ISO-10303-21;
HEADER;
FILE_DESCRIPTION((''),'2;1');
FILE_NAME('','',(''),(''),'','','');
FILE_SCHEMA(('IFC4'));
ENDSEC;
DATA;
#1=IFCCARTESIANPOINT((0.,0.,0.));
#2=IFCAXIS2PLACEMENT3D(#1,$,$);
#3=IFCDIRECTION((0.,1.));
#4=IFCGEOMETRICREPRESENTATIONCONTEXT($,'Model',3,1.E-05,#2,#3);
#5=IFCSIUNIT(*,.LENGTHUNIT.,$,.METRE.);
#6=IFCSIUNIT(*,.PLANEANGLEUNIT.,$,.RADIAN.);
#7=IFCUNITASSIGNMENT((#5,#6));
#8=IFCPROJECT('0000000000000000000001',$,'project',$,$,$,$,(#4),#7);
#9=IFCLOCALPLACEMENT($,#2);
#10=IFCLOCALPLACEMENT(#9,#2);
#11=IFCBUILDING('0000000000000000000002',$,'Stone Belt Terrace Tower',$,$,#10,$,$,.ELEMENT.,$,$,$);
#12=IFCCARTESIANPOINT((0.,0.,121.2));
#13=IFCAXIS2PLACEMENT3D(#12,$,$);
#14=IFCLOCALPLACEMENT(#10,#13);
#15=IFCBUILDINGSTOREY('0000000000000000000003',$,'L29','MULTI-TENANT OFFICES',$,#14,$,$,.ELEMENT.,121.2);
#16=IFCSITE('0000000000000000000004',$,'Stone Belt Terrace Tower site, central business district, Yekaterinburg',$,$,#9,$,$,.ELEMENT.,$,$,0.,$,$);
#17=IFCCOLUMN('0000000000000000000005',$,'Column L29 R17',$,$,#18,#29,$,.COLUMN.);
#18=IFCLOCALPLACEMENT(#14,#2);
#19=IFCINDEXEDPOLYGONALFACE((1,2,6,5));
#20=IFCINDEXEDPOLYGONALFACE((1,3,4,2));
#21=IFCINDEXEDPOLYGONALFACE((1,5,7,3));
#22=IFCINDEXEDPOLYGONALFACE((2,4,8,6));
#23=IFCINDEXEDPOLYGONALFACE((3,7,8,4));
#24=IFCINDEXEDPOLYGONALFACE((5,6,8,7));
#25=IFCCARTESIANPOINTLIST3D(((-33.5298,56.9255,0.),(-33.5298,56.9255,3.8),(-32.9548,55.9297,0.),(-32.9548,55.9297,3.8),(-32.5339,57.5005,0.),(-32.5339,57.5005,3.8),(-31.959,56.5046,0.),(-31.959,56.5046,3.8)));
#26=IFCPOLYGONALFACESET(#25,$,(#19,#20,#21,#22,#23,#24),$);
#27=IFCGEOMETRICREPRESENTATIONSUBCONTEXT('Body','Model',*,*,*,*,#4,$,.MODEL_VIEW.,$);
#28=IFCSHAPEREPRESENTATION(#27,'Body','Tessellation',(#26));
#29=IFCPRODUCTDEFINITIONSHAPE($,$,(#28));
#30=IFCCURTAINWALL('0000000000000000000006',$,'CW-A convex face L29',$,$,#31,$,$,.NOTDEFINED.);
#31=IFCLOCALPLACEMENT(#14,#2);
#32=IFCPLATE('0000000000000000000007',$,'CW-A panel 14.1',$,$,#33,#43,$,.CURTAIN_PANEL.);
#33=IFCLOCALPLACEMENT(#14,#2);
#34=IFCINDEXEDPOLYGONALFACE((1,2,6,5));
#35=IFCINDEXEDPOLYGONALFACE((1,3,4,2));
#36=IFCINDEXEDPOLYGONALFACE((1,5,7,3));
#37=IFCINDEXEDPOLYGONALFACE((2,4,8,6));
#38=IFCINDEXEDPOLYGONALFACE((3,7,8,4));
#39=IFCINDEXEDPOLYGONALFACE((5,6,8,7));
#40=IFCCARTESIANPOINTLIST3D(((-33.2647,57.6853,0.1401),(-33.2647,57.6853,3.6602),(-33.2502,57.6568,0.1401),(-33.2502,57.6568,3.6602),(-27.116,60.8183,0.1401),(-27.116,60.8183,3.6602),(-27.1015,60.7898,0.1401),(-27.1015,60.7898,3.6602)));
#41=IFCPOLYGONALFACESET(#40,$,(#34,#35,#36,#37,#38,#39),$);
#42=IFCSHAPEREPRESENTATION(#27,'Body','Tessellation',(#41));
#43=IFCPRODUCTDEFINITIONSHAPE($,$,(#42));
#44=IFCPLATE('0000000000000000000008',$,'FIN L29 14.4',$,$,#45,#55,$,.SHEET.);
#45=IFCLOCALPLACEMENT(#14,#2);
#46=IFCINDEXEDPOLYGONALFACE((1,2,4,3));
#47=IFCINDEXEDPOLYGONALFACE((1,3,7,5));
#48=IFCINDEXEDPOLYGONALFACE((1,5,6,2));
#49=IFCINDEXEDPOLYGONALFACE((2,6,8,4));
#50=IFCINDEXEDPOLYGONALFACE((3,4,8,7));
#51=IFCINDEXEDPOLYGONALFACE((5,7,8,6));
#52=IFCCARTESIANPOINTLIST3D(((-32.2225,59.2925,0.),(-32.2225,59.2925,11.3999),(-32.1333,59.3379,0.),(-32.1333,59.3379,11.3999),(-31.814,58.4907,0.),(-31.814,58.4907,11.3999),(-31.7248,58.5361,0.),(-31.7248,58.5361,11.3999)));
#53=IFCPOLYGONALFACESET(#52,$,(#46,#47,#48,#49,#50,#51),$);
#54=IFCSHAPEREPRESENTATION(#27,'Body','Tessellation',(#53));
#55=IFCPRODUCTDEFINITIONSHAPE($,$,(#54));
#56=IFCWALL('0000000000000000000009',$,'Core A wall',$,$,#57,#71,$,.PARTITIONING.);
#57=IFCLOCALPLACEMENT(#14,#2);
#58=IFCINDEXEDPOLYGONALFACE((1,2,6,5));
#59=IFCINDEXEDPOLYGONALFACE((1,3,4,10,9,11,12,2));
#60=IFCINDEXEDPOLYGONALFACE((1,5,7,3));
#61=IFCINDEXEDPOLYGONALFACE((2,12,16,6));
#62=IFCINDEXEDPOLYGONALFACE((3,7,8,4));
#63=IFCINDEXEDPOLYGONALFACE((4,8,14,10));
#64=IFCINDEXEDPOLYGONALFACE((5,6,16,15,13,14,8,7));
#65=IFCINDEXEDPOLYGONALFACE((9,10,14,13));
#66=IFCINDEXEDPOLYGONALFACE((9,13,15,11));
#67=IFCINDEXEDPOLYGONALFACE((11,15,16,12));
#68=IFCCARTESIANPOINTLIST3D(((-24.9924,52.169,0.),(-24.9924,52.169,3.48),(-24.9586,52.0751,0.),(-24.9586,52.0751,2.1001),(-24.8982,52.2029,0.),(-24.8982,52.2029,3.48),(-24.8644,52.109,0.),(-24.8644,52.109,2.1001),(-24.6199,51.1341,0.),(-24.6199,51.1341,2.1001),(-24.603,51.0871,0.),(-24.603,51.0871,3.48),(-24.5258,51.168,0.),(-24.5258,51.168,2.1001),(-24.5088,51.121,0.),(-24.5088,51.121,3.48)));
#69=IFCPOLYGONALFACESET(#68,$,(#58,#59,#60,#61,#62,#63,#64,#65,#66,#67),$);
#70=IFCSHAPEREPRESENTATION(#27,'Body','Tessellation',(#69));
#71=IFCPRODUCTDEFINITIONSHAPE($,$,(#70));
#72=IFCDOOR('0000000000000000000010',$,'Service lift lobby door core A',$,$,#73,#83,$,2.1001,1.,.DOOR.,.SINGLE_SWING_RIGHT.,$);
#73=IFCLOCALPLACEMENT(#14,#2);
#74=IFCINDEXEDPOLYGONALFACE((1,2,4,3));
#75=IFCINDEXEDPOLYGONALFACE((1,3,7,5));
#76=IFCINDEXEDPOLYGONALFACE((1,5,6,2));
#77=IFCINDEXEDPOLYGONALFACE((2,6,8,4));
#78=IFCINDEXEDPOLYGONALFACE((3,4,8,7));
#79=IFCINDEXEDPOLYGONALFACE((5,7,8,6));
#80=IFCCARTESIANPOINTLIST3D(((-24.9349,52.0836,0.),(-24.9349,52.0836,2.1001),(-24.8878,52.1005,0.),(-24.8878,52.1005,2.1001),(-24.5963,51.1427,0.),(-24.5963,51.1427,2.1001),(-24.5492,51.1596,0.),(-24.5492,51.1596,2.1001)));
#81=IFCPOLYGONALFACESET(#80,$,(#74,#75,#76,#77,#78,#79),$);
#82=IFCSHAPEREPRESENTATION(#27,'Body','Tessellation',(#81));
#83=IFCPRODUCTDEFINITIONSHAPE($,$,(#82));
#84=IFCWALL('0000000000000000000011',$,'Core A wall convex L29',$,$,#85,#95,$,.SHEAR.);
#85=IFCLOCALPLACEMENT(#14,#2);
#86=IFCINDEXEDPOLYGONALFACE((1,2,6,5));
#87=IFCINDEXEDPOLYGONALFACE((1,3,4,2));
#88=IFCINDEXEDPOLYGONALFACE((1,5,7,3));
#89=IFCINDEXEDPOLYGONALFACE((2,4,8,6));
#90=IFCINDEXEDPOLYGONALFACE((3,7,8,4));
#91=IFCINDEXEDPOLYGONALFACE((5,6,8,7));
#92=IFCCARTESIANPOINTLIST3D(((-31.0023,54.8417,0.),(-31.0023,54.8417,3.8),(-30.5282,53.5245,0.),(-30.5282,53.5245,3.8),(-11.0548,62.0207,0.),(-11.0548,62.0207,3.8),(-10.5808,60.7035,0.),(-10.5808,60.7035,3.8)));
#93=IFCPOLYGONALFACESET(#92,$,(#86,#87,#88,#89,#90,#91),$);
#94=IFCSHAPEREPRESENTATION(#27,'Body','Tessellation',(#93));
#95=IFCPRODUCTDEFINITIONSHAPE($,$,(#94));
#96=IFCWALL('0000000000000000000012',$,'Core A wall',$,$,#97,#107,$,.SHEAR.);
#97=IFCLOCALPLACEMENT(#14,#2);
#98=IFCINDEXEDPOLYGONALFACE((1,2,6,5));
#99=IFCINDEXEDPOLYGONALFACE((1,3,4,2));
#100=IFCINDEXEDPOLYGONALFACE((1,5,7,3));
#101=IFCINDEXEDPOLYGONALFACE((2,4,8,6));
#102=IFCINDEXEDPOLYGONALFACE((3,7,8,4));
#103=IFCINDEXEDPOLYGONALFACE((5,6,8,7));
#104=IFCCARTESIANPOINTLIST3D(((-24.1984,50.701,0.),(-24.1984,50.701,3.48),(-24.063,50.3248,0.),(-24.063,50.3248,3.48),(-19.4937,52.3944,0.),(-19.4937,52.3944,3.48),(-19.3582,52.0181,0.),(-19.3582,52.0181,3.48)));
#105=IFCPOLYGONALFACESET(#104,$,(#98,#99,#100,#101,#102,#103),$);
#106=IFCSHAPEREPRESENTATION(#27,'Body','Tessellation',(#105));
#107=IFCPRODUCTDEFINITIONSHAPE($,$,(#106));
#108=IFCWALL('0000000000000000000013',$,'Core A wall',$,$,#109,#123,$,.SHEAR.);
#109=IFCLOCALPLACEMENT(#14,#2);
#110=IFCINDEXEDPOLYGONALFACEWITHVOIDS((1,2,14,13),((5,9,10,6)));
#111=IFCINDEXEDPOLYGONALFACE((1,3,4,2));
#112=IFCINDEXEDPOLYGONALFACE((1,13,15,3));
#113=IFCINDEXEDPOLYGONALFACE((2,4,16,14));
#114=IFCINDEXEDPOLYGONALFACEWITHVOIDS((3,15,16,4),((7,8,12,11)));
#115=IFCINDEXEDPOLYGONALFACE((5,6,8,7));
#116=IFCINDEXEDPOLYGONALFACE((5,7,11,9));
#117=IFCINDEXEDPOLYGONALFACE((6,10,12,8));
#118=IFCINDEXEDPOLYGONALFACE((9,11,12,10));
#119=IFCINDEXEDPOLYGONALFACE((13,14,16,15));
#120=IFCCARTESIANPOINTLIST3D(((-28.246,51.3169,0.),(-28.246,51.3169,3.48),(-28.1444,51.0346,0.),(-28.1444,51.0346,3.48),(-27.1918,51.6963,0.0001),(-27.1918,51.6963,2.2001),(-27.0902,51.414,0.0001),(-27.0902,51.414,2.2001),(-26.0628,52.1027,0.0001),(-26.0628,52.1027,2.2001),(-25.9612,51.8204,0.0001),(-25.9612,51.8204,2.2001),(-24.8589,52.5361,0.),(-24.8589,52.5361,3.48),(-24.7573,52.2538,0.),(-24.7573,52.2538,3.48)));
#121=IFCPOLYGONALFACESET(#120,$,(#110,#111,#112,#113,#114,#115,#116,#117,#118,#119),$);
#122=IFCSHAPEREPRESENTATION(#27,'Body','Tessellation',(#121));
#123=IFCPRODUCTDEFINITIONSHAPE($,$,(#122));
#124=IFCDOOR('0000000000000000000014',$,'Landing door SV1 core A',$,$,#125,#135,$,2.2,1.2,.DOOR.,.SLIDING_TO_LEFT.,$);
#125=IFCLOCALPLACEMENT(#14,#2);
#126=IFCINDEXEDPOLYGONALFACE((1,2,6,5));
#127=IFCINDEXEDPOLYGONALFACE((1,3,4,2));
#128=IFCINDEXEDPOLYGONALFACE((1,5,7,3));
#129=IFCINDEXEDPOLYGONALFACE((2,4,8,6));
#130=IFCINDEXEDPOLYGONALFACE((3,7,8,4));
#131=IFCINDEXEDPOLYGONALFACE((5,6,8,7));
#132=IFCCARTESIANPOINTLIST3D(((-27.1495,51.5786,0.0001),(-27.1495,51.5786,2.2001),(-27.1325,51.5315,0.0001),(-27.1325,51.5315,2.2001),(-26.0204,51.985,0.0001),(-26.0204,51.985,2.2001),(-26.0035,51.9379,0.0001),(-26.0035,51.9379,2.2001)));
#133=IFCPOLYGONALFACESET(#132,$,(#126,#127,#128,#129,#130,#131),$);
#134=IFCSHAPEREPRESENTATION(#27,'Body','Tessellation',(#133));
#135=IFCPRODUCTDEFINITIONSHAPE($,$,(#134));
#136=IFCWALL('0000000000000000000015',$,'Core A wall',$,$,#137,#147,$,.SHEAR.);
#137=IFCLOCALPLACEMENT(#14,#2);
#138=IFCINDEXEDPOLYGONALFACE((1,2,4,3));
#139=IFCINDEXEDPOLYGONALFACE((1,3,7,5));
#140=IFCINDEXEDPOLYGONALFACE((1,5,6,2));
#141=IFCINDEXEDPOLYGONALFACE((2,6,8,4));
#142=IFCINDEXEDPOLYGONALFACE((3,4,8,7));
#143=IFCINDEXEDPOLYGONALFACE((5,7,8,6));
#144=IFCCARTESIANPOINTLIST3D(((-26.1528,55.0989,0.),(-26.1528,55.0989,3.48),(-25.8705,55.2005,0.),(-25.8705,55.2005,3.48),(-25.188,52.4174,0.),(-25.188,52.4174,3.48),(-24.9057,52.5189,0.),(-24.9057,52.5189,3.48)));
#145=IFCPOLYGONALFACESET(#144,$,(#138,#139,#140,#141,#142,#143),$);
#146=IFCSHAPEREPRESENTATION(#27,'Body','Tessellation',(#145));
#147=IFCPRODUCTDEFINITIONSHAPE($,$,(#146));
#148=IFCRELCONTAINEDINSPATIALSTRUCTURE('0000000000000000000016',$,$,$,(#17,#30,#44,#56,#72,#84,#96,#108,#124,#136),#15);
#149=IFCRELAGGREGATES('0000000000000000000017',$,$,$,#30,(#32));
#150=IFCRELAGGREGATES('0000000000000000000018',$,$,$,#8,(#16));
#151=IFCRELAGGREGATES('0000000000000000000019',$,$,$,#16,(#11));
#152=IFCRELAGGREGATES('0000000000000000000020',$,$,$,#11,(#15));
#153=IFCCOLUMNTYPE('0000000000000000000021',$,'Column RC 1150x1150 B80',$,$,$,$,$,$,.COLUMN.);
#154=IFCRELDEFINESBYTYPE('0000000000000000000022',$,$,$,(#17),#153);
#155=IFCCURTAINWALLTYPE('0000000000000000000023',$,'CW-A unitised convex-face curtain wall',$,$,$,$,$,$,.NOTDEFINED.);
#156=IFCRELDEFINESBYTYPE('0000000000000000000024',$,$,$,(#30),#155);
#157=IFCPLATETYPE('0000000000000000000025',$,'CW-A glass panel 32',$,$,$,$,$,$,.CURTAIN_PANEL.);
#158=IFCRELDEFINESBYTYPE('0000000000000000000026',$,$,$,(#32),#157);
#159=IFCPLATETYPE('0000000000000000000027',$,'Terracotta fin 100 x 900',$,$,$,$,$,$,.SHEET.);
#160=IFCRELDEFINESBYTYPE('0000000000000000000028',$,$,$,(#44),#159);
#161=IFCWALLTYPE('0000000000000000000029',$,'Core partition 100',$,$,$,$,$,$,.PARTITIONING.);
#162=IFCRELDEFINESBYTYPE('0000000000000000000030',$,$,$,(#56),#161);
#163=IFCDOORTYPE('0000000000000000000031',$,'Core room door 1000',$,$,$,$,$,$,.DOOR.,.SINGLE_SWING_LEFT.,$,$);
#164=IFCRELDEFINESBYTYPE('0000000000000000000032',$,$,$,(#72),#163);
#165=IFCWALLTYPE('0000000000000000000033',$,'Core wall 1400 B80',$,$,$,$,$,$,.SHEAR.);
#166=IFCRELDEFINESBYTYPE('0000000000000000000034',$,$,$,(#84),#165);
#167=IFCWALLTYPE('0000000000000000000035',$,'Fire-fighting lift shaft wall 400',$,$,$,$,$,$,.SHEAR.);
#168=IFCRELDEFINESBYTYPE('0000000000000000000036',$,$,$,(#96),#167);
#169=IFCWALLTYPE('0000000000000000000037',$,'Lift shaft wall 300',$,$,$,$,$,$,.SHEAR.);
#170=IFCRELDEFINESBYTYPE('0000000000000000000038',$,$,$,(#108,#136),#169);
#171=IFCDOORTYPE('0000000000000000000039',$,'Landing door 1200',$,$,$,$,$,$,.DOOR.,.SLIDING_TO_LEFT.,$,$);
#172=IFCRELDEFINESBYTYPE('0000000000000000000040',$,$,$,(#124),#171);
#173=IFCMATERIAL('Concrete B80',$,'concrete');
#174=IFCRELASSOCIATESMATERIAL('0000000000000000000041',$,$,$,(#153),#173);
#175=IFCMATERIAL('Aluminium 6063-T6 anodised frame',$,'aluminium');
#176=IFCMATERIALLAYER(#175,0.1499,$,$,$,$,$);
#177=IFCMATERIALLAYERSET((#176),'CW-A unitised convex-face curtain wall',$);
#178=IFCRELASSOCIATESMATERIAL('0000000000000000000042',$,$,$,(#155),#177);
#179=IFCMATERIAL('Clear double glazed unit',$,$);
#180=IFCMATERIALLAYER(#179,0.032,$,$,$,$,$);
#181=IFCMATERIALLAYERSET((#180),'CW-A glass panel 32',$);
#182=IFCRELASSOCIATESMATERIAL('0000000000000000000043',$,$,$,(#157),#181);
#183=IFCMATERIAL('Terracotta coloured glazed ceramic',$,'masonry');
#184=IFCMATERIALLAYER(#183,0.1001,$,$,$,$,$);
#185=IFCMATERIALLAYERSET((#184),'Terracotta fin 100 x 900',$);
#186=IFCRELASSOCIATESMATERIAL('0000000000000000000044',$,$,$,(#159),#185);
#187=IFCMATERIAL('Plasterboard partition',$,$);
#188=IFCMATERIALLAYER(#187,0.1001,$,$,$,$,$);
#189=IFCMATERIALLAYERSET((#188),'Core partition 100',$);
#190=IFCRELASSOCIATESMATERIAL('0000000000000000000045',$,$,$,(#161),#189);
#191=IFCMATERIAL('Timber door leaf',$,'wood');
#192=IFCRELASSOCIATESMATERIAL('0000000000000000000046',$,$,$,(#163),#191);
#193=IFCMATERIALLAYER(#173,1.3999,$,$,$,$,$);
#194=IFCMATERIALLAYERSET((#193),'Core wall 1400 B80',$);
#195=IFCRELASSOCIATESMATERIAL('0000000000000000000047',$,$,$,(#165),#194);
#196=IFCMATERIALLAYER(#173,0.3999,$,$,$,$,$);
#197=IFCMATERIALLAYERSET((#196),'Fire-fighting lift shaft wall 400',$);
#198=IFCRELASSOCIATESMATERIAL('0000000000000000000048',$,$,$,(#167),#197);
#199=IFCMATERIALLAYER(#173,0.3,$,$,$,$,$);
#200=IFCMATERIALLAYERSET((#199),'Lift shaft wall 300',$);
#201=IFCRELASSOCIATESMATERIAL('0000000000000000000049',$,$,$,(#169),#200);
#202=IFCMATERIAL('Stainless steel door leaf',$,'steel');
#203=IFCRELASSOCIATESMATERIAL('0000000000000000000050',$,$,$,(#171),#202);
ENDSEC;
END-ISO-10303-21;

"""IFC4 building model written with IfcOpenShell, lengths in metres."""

from ifc_helpers import new_model, si_unit, direction, frame, frame_2d, origin, origin_2d, place, context, subcontext, project, spatial, rectangle, extrude, material, layer, layer_set, material_profile, profile_set, type_object, element, fill, aggregate, save


model = new_model("IFC4")

# Units and contexts
model_context = context("Model", 3, precision=1e-05, world=origin(), true_north=direction((0.0, 1.0)))
body_context = subcontext(model_context, "Body", "Model", "MODEL_VIEW")
ifc_project = project(units=[si_unit("LENGTHUNIT", "METRE"), si_unit("PLANEANGLEUNIT", "RADIAN")], contexts=[model_context])

# Site, building, storey
site_placement = place(None, origin())
site = spatial("IfcSite", under=ifc_project, at=site_placement, Name="Stone Belt Terrace Tower site, central business district, Yekaterinburg", CompositionType="ELEMENT", RefElevation=0.0)
building_placement = place(site_placement, origin())
building = spatial("IfcBuilding", under=site, at=building_placement, Name="Stone Belt Terrace Tower", CompositionType="ELEMENT")
storey_placement = place(building_placement, frame((0.0, 0.0, 121.2)))
storey = spatial("IfcBuildingStorey", under=building, at=storey_placement, Name="L29", Description="MULTI-TENANT OFFICES", CompositionType="ELEMENT", Elevation=121.2)

# Column
ifc_material_1 = material(Name="Concrete B80", Category="concrete")
ifc_material_profile = material_profile(ifc_material_1, rectangle(XDim=1.1499, YDim=1.1499, at=origin_2d()), Name="RC 1150x1150")
ifc_profile_set = profile_set([ifc_material_profile], Name="Concrete B80")
column_type = type_object("IfcColumnType", Name="Column RC 1150x1150 B80", PredefinedType="COLUMN", material=ifc_profile_set)
column_placement = place(storey_placement, frame((-32.7444, 56.7151, 0.0), z_axis=(0.0, 0.0, 1.0), x_axis=(0.866025, 0.5, 0.0)))
element("IfcColumn", 1, at=column_placement, inside=storey, type_object=column_type, Name="Column L29 R17", PredefinedType="COLUMN", context=body_context, shape_type="SweptSolid", body=[
    extrude(rectangle(XDim=1.1499, YDim=1.1499, at=origin_2d()), origin(), (0.0, 0.0, 1.0), 3.8),
])

# Curtain wall, plate
ifc_material_2 = material(Name="Aluminium 6063-T6 anodised frame", Category="aluminium")
ifc_layer_1 = layer(ifc_material_2, 0.1499)
ifc_layer_set_1 = layer_set([ifc_layer_1], Name="CW-A unitised convex-face curtain wall")
curtain_wall_type = type_object("IfcCurtainWallType", Name="CW-A unitised convex-face curtain wall", PredefinedType="NOTDEFINED", material=ifc_layer_set_1)
curtain_wall_placement = place(storey_placement, origin())
curtain_wall = element("IfcCurtainWall", 2, at=curtain_wall_placement, inside=storey, type_object=curtain_wall_type, Name="CW-A convex face L29", PredefinedType="NOTDEFINED")
ifc_material_3 = material(Name="Clear double glazed unit")
ifc_layer_2 = layer(ifc_material_3, 0.032)
ifc_layer_set_2 = layer_set([ifc_layer_2], Name="CW-A glass panel 32")
plate_type_1 = type_object("IfcPlateType", Name="CW-A glass panel 32", PredefinedType="CURTAIN_PANEL", material=ifc_layer_set_2)
plate_1_placement = place(storey_placement, frame((-30.1831, 59.2375, 0.1401), z_axis=(0.0, 0.0, 1.0), x_axis=(-0.891007, -0.45399, 0.0)))
plate_1 = element("IfcPlate", 3, at=plate_1_placement, type_object=plate_type_1, Name="CW-A panel 14.1", PredefinedType="CURTAIN_PANEL", context=body_context, shape_type="SweptSolid", body=[
    extrude(rectangle(XDim=6.9009, YDim=0.032, at=origin_2d()), origin(), (0.0, 0.0, 1.0), 3.52),
])
aggregate(curtain_wall, [plate_1])

# Plate
ifc_material_4 = material(Name="Terracotta coloured glazed ceramic", Category="masonry")
ifc_layer_3 = layer(ifc_material_4, 0.1001)
ifc_layer_set_3 = layer_set([ifc_layer_3], Name="Terracotta fin 100 x 900")
plate_type_2 = type_object("IfcPlateType", Name="Terracotta fin 100 x 900", PredefinedType="SHEET", material=ifc_layer_set_3)
plate_2_placement = place(storey_placement, frame((-31.9736, 58.9143, 0.0), z_axis=(0.0, 0.0, 1.0), x_axis=(-0.45399, 0.891007, 0.0)))
element("IfcPlate", 4, at=plate_2_placement, inside=storey, type_object=plate_type_2, Name="FIN L29 14.4", PredefinedType="SHEET", context=body_context, shape_type="SweptSolid", body=[
    extrude(rectangle(XDim=0.8999, YDim=0.1001, at=origin_2d()), origin(), (0.0, 0.0, 1.0), 11.3999),
])

# Wall, opening, door
ifc_material_5 = material(Name="Plasterboard partition")
ifc_layer_4 = layer(ifc_material_5, 0.1001)
ifc_layer_set_4 = layer_set([ifc_layer_4], Name="Core partition 100")
wall_type_1 = type_object("IfcWallType", Name="Core partition 100", PredefinedType="PARTITIONING", material=ifc_layer_set_4)
wall_1_placement = place(storey_placement, frame((-24.5559, 51.104, 0.0), z_axis=(0.0, 0.0, 1.0), x_axis=(-0.338622, 0.940923, 0.0)))
wall_1 = element("IfcWall", 5, at=wall_1_placement, inside=storey, type_object=wall_type_1, Name="Core A wall", PredefinedType="PARTITIONING", context=body_context, shape_type="SweptSolid", body=[
    extrude(rectangle(XDim=1.1499, YDim=0.1001, at=frame_2d((0.575, 0.0))), origin(), (0.0, 0.0, 1.0), 3.48),
])
opening_1_placement = place(wall_1_placement, frame((0.05, 0.0, 0.0)))
opening_1 = element("IfcOpeningElement", 6, at=opening_1_placement, cuts=wall_1, PredefinedType="OPENING", context=body_context, shape_type="SweptSolid", body=[
    extrude(rectangle(XDim=1.0, YDim=2.1001, at=frame_2d((0.5, 1.05))), frame((0.0, 0.0601, 0.0), z_axis=(0.0, -1.0, 0.0), x_axis=(1.0, 0.0, 0.0)), (0.0, 0.0, 1.0), 0.1201),
])
ifc_material_6 = material(Name="Timber door leaf", Category="wood")
door_type_1 = type_object("IfcDoorType", Name="Core room door 1000", OperationType="SINGLE_SWING_LEFT", PredefinedType="DOOR", material=ifc_material_6)
door_1_placement = place(opening_1_placement, origin())
door_1 = element("IfcDoor", 7, at=door_1_placement, inside=storey, type_object=door_type_1, Name="Service lift lobby door core A", OperationType="SINGLE_SWING_RIGHT", OverallHeight=2.1001, OverallWidth=1.0, PredefinedType="DOOR", context=body_context, shape_type="SweptSolid", body=[
    extrude(rectangle(XDim=1.0, YDim=2.1001, at=frame_2d((0.5, 1.05))), frame((0.0, 0.0249, 0.0), z_axis=(0.0, -1.0, 0.0), x_axis=(1.0, 0.0, 0.0)), (0.0, 0.0, 1.0), 0.05),
])
fill(opening_1, door_1)

# Walls
ifc_layer_5 = layer(ifc_material_1, 1.3999)
ifc_layer_set_5 = layer_set([ifc_layer_5], Name="Core wall 1400 B80")
wall_type_2 = type_object("IfcWallType", Name="Core wall 1400 B80", PredefinedType="SHEAR", material=ifc_layer_set_5)
wall_2_placement = place(storey_placement, frame((-30.7654, 54.1831, 0.0), z_axis=(0.0, 0.0, 1.0), x_axis=(0.94092, 0.33863, 0.0)))
element("IfcWall", 8, at=wall_2_placement, inside=storey, type_object=wall_type_2, Name="Core A wall convex L29", PredefinedType="SHEAR", context=body_context, shape_type="SweptSolid", body=[
    extrude(rectangle(XDim=21.2, YDim=1.3999, at=frame_2d((10.6001, 0.0))), origin(), (0.0, 0.0, 1.0), 3.8),
])
ifc_layer_6 = layer(ifc_material_1, 0.3999)
ifc_layer_set_6 = layer_set([ifc_layer_6], Name="Fire-fighting lift shaft wall 400")
wall_type_3 = type_object("IfcWallType", Name="Fire-fighting lift shaft wall 400", PredefinedType="SHEAR", material=ifc_layer_set_6)
wall_3_placement = place(storey_placement, frame((-24.1306, 50.5129, 0.0), z_axis=(0.0, 0.0, 1.0), x_axis=(0.940912, 0.338652, 0.0)))
element("IfcWall", 9, at=wall_3_placement, inside=storey, type_object=wall_type_3, Name="Core A wall", PredefinedType="SHEAR", context=body_context, shape_type="SweptSolid", body=[
    extrude(rectangle(XDim=5.0002, YDim=0.3999, at=frame_2d((2.5, 0.0))), origin(), (0.0, 0.0, 1.0), 3.48),
])

# Wall, opening, door
ifc_layer_7 = layer(ifc_material_1, 0.3)
ifc_layer_set_7 = layer_set([ifc_layer_7], Name="Lift shaft wall 300")
wall_type_4 = type_object("IfcWallType", Name="Lift shaft wall 300", PredefinedType="SHEAR", material=ifc_layer_set_7)
wall_4_placement = place(storey_placement, frame((-28.1951, 51.1758, 0.0), z_axis=(0.0, 0.0, 1.0), x_axis=(0.940901, 0.338681, 0.0)))
wall_4 = element("IfcWall", 10, at=wall_4_placement, inside=storey, type_object=wall_type_4, Name="Core A wall", PredefinedType="SHEAR", context=body_context, shape_type="SweptSolid", body=[
    extrude(rectangle(XDim=3.5999, YDim=0.3, at=frame_2d((1.7998, 0.0))), origin(), (0.0, 0.0, 1.0), 3.48),
])
opening_2_placement = place(wall_4_placement, frame((1.1201, 0.0, 0.0)))
opening_2 = element("IfcOpeningElement", 11, at=opening_2_placement, cuts=wall_4, PredefinedType="OPENING", context=body_context, shape_type="SweptSolid", body=[
    extrude(rectangle(XDim=1.2, YDim=2.2, at=frame_2d((0.6001, 1.1001))), frame((0.0, 0.1599, 0.0), z_axis=(0.0, -1.0, 0.0), x_axis=(1.0, 0.0, 0.0)), (0.0, 0.0, 1.0), 0.3201),
])
ifc_material_7 = material(Name="Stainless steel door leaf", Category="steel")
door_type_2 = type_object("IfcDoorType", Name="Landing door 1200", OperationType="SLIDING_TO_LEFT", PredefinedType="DOOR", material=ifc_material_7)
door_2_placement = place(opening_2_placement, origin())
door_2 = element("IfcDoor", 12, at=door_2_placement, inside=storey, type_object=door_type_2, Name="Landing door SV1 core A", OperationType="SLIDING_TO_LEFT", OverallHeight=2.2, OverallWidth=1.2, PredefinedType="DOOR", context=body_context, shape_type="SweptSolid", body=[
    extrude(rectangle(XDim=1.2, YDim=2.2, at=frame_2d((0.6001, 1.1001))), frame((0.0, 0.0249, 0.0), z_axis=(0.0, -1.0, 0.0), x_axis=(1.0, 0.0, 0.0)), (0.0, 0.0, 1.0), 0.05),
])
fill(opening_2, door_2)

# Wall
wall_5_placement = place(storey_placement, frame((-25.0469, 52.4683, 0.0), z_axis=(0.0, 0.0, 1.0), x_axis=(-0.33855, 0.940949, 0.0)))
element("IfcWall", 13, at=wall_5_placement, inside=storey, type_object=wall_type_4, Name="Core A wall", PredefinedType="SHEAR", context=body_context, shape_type="SweptSolid", body=[
    extrude(rectangle(XDim=2.8499, YDim=0.3, at=frame_2d((1.4248, 0.0))), origin(), (0.0, 0.0, 1.0), 3.48),
])

save(model, "model.ifc")
